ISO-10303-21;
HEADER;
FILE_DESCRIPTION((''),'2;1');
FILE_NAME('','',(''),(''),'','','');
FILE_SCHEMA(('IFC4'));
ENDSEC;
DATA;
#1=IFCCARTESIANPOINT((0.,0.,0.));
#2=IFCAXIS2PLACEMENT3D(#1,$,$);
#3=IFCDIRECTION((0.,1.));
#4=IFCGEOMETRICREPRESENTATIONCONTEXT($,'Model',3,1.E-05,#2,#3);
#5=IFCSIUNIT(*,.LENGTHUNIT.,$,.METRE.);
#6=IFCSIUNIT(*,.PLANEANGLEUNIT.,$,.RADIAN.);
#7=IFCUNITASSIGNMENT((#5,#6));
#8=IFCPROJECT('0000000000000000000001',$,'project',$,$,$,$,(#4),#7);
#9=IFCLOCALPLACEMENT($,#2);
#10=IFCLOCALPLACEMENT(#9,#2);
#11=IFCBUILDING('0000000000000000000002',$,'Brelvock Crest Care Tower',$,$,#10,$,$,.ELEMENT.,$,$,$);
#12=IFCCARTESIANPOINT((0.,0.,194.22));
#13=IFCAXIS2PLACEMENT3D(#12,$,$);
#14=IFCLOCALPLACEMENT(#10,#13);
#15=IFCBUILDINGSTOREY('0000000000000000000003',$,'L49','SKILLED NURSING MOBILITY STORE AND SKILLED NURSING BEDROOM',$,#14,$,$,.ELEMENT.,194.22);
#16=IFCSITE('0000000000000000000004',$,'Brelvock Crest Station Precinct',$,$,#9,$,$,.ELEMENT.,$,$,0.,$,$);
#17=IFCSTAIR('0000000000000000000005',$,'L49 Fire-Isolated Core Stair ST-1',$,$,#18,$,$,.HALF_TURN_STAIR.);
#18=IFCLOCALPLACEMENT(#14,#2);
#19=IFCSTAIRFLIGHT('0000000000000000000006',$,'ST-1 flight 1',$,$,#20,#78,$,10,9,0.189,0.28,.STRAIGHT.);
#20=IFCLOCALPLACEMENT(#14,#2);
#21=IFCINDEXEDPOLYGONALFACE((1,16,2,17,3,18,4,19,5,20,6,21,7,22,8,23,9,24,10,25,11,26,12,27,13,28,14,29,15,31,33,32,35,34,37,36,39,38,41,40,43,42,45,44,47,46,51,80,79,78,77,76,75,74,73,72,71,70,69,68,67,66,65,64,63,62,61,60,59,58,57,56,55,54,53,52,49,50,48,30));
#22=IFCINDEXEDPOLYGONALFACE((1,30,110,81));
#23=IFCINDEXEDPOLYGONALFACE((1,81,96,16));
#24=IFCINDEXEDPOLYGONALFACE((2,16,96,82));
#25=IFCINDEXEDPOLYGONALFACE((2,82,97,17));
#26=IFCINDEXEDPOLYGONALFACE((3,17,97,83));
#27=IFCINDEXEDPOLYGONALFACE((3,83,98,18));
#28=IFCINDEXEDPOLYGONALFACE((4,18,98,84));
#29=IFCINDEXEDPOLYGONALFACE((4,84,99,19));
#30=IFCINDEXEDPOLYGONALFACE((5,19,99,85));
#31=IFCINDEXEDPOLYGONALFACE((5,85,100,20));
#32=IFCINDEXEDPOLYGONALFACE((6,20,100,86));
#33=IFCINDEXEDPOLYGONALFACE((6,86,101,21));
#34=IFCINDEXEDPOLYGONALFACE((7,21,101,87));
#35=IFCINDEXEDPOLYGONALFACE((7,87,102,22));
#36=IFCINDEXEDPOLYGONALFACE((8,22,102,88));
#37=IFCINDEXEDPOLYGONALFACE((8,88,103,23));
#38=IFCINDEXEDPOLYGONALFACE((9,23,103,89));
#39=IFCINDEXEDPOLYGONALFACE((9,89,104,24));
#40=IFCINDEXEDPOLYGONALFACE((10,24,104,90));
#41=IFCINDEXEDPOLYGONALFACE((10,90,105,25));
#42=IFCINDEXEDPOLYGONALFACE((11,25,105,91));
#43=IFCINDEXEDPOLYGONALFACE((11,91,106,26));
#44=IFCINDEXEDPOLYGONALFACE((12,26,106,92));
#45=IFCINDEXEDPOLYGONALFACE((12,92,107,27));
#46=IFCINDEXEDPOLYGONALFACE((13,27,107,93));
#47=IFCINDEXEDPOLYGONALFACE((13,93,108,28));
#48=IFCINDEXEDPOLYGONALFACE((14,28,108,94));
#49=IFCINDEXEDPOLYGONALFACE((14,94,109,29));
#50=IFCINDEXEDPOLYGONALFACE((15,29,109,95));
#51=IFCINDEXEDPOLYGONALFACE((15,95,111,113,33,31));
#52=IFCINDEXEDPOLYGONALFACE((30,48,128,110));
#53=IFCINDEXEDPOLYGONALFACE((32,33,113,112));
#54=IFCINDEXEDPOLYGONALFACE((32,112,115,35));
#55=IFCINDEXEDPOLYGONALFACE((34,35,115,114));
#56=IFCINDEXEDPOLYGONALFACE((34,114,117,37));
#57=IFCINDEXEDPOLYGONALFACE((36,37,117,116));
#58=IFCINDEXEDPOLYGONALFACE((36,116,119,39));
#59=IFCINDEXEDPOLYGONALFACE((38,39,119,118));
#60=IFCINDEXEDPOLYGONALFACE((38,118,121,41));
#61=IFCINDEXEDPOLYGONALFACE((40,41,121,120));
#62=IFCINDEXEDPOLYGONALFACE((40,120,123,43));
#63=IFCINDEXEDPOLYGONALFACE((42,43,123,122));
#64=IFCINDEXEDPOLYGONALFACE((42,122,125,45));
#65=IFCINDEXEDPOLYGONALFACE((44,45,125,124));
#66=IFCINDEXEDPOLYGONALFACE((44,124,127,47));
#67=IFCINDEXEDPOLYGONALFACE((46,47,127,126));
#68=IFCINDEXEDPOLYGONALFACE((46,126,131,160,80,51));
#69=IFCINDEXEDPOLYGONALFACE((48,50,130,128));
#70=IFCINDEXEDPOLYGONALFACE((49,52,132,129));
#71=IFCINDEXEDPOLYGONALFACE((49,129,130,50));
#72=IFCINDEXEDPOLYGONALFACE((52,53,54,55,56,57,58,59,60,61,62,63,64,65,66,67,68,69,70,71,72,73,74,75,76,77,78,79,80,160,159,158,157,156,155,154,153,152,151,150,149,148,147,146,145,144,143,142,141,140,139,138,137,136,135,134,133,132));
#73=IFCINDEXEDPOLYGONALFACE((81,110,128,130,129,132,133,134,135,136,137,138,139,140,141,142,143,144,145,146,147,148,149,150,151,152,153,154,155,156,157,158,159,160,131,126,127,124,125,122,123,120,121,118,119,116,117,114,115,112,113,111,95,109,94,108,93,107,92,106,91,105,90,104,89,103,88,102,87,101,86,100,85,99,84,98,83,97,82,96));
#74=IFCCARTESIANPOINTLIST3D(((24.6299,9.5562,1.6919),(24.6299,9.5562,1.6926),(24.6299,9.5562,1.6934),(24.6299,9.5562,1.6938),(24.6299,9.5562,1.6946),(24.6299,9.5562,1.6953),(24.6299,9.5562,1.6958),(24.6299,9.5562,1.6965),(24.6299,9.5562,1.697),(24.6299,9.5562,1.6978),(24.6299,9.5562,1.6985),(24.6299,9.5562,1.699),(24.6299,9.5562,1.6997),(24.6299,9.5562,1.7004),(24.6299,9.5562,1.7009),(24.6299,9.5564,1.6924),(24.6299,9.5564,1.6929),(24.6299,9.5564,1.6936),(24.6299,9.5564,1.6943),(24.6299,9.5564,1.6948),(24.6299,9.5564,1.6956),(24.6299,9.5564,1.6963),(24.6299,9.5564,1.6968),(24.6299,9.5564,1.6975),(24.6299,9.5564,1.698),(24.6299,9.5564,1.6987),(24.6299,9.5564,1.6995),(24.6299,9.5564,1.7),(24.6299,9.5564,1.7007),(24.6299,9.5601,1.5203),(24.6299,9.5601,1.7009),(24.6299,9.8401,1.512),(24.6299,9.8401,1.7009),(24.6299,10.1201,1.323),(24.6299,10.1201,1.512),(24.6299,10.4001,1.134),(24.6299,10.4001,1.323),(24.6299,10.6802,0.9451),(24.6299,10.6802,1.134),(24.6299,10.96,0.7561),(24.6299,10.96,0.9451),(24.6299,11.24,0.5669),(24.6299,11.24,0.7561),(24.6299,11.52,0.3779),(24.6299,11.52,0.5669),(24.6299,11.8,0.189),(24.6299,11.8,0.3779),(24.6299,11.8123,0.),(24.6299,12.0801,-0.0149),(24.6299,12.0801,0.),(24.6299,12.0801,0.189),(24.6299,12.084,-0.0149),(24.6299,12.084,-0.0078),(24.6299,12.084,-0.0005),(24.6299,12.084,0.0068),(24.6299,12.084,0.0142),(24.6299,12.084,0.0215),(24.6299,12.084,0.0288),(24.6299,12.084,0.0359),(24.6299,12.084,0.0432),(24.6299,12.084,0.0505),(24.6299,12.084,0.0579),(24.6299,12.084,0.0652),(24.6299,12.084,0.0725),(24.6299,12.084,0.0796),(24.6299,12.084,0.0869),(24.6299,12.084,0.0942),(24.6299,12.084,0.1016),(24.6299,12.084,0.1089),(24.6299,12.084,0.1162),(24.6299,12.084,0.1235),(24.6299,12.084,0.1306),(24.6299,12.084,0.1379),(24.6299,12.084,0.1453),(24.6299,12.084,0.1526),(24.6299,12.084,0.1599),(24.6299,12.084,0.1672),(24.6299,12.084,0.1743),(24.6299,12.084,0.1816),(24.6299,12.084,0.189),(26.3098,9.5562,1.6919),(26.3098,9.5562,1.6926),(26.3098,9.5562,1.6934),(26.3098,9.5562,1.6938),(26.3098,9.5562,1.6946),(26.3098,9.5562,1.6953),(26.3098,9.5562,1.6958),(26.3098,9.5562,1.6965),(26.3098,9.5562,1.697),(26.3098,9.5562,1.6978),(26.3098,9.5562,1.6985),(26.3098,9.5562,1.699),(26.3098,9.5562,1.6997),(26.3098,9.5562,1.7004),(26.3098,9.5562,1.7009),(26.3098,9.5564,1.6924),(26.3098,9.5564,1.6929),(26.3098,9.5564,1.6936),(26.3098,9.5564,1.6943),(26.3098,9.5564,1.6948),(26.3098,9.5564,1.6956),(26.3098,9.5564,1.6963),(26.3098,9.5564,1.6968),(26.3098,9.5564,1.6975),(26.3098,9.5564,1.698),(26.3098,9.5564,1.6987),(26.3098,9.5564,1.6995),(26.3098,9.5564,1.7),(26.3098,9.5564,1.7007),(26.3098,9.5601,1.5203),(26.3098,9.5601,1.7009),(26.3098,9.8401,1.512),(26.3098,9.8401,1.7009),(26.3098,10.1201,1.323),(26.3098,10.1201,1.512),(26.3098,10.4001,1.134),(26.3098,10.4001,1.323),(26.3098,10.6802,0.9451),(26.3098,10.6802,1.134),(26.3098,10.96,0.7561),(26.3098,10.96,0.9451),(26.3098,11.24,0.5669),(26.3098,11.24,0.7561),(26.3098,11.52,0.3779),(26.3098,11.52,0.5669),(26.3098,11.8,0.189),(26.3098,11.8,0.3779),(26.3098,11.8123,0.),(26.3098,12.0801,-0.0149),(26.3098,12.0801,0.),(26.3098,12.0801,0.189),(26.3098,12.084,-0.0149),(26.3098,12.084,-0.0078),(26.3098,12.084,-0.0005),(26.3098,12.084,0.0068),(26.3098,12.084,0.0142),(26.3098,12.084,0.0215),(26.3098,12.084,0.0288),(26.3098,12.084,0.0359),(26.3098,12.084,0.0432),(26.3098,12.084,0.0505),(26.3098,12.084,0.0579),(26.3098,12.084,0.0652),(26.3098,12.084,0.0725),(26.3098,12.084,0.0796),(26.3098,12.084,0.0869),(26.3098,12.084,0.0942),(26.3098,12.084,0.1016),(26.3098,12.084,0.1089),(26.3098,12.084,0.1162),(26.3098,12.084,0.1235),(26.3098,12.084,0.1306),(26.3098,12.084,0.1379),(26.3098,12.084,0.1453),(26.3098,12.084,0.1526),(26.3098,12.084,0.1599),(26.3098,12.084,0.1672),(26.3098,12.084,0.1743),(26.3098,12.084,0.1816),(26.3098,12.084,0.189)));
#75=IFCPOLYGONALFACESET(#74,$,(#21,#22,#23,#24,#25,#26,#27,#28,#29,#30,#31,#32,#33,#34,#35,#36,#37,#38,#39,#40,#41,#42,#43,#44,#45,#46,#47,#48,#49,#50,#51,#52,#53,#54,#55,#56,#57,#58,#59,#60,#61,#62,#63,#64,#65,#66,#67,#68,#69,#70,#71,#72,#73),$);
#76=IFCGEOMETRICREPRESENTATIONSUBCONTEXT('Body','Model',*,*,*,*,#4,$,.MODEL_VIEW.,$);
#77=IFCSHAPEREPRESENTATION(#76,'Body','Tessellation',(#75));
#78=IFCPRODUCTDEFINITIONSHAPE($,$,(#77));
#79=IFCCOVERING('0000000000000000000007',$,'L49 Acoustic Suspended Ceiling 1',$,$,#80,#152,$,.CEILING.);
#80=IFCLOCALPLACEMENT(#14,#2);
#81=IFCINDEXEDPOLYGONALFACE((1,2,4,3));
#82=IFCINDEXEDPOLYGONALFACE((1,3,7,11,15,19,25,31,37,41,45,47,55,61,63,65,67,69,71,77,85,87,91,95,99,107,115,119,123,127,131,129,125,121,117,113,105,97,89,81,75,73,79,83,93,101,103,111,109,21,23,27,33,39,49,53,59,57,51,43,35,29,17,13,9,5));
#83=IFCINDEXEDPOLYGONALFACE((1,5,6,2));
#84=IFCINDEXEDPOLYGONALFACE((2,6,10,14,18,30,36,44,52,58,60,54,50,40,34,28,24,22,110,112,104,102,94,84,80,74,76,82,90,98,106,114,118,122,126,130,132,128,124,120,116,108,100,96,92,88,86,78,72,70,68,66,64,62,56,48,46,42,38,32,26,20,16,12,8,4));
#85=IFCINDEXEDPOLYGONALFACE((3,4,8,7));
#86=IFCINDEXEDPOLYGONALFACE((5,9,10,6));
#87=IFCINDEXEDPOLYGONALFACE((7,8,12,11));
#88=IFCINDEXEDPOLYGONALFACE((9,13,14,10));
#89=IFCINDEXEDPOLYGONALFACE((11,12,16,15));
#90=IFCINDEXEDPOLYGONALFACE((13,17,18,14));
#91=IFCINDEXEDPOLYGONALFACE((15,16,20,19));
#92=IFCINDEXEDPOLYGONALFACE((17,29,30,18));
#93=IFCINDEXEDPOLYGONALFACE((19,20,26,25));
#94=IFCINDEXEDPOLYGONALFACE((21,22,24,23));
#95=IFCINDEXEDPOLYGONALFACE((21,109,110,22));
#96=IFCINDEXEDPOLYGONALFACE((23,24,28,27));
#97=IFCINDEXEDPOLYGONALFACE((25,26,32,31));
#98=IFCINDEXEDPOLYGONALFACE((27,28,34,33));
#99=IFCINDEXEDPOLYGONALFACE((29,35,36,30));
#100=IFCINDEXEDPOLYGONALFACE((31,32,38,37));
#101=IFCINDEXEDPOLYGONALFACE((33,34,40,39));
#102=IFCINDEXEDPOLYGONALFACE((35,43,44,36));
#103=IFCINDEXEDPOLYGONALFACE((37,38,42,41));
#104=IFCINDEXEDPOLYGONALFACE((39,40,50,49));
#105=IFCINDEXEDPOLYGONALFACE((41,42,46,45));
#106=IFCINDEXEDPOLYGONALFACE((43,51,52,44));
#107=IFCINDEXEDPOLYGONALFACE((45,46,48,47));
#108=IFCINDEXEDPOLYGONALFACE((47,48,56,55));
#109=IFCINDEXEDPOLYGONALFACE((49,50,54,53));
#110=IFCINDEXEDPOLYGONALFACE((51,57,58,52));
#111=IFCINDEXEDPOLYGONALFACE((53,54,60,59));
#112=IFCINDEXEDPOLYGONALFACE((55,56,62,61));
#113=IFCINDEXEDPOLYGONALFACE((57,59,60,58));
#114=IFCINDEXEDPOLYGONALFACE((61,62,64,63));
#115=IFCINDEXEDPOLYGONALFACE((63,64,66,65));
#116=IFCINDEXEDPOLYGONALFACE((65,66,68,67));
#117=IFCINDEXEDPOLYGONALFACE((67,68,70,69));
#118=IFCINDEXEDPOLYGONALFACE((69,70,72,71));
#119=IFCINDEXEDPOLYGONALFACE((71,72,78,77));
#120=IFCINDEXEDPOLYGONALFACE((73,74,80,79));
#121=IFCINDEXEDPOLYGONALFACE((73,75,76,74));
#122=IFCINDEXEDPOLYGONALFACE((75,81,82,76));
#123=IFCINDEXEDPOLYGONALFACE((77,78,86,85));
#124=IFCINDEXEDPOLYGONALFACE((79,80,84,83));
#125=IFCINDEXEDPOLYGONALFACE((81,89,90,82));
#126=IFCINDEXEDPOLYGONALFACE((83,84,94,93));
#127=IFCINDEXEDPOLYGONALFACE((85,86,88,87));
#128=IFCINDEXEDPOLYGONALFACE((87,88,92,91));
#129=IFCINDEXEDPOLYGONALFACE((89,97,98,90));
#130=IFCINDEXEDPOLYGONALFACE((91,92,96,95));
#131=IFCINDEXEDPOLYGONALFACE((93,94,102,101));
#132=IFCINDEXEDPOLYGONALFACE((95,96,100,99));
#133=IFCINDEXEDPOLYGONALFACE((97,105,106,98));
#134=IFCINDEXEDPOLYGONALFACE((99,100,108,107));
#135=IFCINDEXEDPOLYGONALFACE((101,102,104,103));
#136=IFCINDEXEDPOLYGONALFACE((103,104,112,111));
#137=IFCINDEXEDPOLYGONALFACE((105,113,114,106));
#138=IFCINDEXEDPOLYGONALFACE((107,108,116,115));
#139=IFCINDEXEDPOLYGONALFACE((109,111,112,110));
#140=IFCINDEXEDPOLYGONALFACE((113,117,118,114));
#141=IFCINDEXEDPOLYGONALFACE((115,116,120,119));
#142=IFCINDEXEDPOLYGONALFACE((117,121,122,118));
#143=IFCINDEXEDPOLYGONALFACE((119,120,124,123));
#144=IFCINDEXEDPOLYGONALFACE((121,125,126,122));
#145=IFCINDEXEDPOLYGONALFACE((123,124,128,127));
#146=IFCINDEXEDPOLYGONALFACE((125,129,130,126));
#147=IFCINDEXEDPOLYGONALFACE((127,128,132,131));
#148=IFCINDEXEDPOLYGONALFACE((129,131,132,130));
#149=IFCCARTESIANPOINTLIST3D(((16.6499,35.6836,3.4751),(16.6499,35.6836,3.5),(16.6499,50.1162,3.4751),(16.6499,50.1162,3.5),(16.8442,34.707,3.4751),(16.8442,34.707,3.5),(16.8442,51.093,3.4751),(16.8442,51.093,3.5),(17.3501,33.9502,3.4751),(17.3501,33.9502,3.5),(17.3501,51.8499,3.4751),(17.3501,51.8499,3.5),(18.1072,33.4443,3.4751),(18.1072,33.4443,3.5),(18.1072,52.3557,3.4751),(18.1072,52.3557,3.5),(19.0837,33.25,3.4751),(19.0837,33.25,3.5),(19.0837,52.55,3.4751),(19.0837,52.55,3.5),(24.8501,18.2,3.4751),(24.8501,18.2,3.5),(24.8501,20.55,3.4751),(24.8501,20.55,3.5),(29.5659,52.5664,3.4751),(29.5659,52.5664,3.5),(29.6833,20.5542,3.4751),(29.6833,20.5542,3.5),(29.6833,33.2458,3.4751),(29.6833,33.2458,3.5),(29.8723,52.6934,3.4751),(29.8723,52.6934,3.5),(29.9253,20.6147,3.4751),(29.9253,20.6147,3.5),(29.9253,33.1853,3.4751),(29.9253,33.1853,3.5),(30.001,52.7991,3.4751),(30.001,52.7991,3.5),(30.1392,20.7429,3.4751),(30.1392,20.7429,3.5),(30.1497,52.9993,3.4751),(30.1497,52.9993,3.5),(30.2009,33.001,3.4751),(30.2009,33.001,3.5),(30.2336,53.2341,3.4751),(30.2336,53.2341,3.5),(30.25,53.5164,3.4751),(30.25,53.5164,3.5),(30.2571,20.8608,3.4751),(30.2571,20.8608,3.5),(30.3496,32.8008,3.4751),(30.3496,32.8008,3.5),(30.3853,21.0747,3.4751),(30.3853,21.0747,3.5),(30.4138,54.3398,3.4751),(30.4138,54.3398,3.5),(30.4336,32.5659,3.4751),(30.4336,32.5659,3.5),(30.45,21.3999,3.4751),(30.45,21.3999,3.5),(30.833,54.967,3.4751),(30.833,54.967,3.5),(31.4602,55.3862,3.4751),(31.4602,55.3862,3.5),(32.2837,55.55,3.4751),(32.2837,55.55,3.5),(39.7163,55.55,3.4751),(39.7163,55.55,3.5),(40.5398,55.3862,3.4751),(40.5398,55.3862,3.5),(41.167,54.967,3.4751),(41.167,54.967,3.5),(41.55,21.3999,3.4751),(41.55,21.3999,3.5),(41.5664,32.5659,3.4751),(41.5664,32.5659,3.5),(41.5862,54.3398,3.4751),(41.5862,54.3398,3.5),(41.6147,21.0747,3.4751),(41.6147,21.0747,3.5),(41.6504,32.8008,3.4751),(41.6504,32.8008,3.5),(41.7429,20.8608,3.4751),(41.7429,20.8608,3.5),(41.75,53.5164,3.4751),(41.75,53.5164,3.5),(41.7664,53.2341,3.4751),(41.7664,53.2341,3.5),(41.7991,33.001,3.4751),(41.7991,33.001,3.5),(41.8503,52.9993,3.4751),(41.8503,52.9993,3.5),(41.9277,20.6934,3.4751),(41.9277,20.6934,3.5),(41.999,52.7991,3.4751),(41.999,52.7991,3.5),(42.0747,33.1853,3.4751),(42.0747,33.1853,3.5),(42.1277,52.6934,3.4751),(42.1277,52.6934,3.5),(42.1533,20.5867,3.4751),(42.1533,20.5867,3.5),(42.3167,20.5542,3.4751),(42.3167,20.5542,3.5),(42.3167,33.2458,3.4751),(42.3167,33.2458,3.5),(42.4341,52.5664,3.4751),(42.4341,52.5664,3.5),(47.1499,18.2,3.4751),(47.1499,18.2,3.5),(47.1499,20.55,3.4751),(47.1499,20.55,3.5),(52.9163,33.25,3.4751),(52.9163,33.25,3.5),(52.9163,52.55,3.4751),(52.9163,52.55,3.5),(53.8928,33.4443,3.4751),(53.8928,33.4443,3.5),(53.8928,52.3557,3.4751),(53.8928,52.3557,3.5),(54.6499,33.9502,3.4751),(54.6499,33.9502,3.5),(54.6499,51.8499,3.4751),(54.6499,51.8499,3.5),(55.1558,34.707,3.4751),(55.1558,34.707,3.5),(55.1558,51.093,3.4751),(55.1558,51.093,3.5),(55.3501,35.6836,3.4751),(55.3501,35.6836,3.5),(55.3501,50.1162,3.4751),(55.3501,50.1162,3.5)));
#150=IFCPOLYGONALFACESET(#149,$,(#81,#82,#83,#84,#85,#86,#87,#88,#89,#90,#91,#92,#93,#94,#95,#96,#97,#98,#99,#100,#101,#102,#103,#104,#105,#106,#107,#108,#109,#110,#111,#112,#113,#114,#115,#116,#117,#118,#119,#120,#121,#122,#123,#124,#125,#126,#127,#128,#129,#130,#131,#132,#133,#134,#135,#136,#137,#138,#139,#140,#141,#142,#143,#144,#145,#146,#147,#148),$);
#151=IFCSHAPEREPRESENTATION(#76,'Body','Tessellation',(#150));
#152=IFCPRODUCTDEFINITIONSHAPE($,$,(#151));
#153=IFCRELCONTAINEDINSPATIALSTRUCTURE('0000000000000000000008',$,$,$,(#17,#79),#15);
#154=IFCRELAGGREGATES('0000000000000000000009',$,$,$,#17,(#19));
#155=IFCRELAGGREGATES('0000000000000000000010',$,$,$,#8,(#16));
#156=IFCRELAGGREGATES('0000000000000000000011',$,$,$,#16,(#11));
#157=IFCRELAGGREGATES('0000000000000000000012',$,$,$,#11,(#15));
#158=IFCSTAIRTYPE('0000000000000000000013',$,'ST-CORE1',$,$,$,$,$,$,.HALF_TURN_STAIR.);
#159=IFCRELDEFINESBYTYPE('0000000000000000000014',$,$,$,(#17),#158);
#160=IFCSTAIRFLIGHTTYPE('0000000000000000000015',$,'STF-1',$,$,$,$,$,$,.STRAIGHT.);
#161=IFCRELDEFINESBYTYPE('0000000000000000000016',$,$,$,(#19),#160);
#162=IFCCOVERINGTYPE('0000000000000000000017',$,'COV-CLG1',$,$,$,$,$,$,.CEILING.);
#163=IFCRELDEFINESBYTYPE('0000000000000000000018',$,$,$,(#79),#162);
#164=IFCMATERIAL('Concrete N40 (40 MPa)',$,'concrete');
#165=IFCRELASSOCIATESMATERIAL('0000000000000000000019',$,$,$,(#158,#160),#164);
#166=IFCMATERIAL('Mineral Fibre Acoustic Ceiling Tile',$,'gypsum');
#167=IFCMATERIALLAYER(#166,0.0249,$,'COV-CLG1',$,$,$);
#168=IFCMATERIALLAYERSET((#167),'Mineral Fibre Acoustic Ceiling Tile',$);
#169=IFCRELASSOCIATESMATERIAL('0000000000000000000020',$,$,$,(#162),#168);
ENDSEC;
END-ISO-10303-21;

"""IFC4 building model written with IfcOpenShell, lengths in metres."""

from ifc_helpers import new_model, si_unit, direction, frame, origin, place, context, subcontext, project, spatial, polyline, outline, extrude, material, layer, layer_set, type_object, element, aggregate, save


model = new_model("IFC4")

# Units and contexts
model_context = context("Model", 3, precision=1e-05, world=origin(), true_north=direction((0.0, 1.0)))
body_context = subcontext(model_context, "Body", "Model", "MODEL_VIEW")
ifc_project = project(units=[si_unit("LENGTHUNIT", "METRE"), si_unit("PLANEANGLEUNIT", "RADIAN")], contexts=[model_context])

# Site, building, storey
site_placement = place(None, origin())
site = spatial("IfcSite", under=ifc_project, at=site_placement, Name="Brelvock Crest Station Precinct", CompositionType="ELEMENT", RefElevation=0.0)
building_placement = place(site_placement, origin())
building = spatial("IfcBuilding", under=site, at=building_placement, Name="Brelvock Crest Care Tower", CompositionType="ELEMENT")
storey_placement = place(building_placement, frame((0.0, 0.0, 194.22)))
storey = spatial("IfcBuildingStorey", under=building, at=storey_placement, Name="L49", Description="SKILLED NURSING MOBILITY STORE AND SKILLED NURSING BEDROOM", CompositionType="ELEMENT", Elevation=194.22)

# Stair
ifc_material_1 = material(Name="Concrete N40 (40 MPa)", Category="concrete")
stair_type = type_object("IfcStairType", Name="ST-CORE1", PredefinedType="HALF_TURN_STAIR", material=ifc_material_1)
stair_1_placement = place(storey_placement, origin())
stair_1 = element("IfcStair", 1, at=stair_1_placement, inside=storey, type_object=stair_type, Name="L49 Fire-Isolated Core Stair ST-1", PredefinedType="HALF_TURN_STAIR")

# Stair flight
stair_flight_type = type_object("IfcStairFlightType", Name="STF-1", PredefinedType="STRAIGHT", material=ifc_material_1)
stair_flight_placement = place(storey_placement, frame((25.47, 12.0801, 0.0), z_axis=(0.0, 0.0, 1.0), x_axis=(0.0, -1.0, 0.0)))
stair_flight = element("IfcStairFlight", 2, at=stair_flight_placement, type_object=stair_flight_type, Name="ST-1 flight 1", NumberOfRisers=10, NumberOfTreads=9, PredefinedType="STRAIGHT", RiserHeight=0.189, TreadLength=0.28, context=body_context, shape_type="SweptSolid", body=[
    extrude(outline(polyline([(-0.0039, -0.0149), (-0.0039, -0.0078), (-0.0039, -0.0005), (-0.0039, 0.0068), (-0.0039, 0.0142), (-0.0039, 0.0215), (-0.0039, 0.0288), (-0.0039, 0.0359), (-0.0039, 0.0432), (-0.0039, 0.0505), (-0.0039, 0.0579), (-0.0039, 0.0652), (-0.0039, 0.0725), (-0.0039, 0.0796), (-0.0039, 0.0869), (-0.0039, 0.0942), (-0.0039, 0.1016), (-0.0039, 0.1089), (-0.0039, 0.1162), (-0.0039, 0.1235), (-0.0039, 0.1306), (-0.0039, 0.1379), (-0.0039, 0.1453), (-0.0039, 0.1526), (-0.0039, 0.1599), (-0.0039, 0.1672), (-0.0039, 0.1743), (-0.0039, 0.1816), (-0.0039, 0.189), (0.0, 0.189), (0.28, 0.189), (0.28, 0.3779), (0.5601, 0.3779), (0.5601, 0.5669), (0.8401, 0.5669), (0.8401, 0.7561), (1.1201, 0.7561), (1.1201, 0.9451), (1.3999, 0.9451), (1.3999, 1.134), (1.6799, 1.134), (1.6799, 1.323), (1.96, 1.323), (1.96, 1.512), (2.24, 1.512), (2.24, 1.7009), (2.52, 1.7009), (2.5239, 1.7009), (2.5237, 1.7007), (2.5239, 1.7004), (2.5237, 1.7), (2.5239, 1.6997), (2.5237, 1.6995), (2.5239, 1.699), (2.5237, 1.6987), (2.5239, 1.6985), (2.5237, 1.698), (2.5239, 1.6978), (2.5237, 1.6975), (2.5239, 1.697), (2.5237, 1.6968), (2.5239, 1.6965), (2.5237, 1.6963), (2.5239, 1.6958), (2.5237, 1.6956), (2.5239, 1.6953), (2.5237, 1.6948), (2.5239, 1.6946), (2.5237, 1.6943), (2.5239, 1.6938), (2.5237, 1.6936), (2.5239, 1.6934), (2.5237, 1.6929), (2.5239, 1.6926), (2.5237, 1.6924), (2.5239, 1.6919), (2.52, 1.5203), (0.2678, 0.0), (0.0, 0.0), (0.0, -0.0149), (-0.0039, -0.0149)])), frame((0.0, 0.8398, 0.0), z_axis=(0.0, -1.0, 0.0), x_axis=(1.0, 0.0, 0.0)), (0.0, 0.0, 1.0), 1.6799),
])
aggregate(stair_1, [stair_flight])

# Covering
ifc_material_2 = material(Name="Mineral Fibre Acoustic Ceiling Tile", Category="gypsum")
ifc_layer_1 = layer(ifc_material_2, 0.0249, Name="COV-CLG1")
ifc_layer_set_1 = layer_set([ifc_layer_1], Name="Mineral Fibre Acoustic Ceiling Tile")
covering_type_1 = type_object("IfcCoveringType", Name="COV-CLG1", PredefinedType="CEILING", material=ifc_layer_set_1)
covering_1_placement = place(storey_placement, frame((0.0, 0.0, 3.4751)))
element("IfcCovering", 3, at=covering_1_placement, inside=storey, type_object=covering_type_1, Name="L49 Acoustic Suspended Ceiling 1", PredefinedType="CEILING", context=body_context, shape_type="SweptSolid", body=[
    extrude(outline(polyline([(24.8501, 18.2), (47.1499, 18.2), (47.1499, 20.55), (42.3167, 20.5542), (42.1533, 20.5867), (41.9277, 20.6934), (41.7429, 20.8608), (41.6147, 21.0747), (41.55, 21.3999), (41.5664, 32.5659), (41.6504, 32.8008), (41.7991, 33.001), (42.0747, 33.1853), (42.3167, 33.2458), (52.9163, 33.25), (53.8928, 33.4443), (54.6499, 33.9502), (55.1558, 34.707), (55.3501, 35.6836), (55.3501, 50.1162), (55.1558, 51.093), (54.6499, 51.8499), (53.8928, 52.3557), (52.9163, 52.55), (42.4341, 52.5664), (42.1277, 52.6934), (41.999, 52.7991), (41.8503, 52.9993), (41.7664, 53.2341), (41.75, 53.5164), (41.5862, 54.3398), (41.167, 54.967), (40.5398, 55.3862), (39.7163, 55.55), (32.2837, 55.55), (31.4602, 55.3862), (30.833, 54.967), (30.4138, 54.3398), (30.25, 53.5164), (30.2336, 53.2341), (30.1497, 52.9993), (30.001, 52.7991), (29.8723, 52.6934), (29.5659, 52.5664), (19.0837, 52.55), (18.1072, 52.3557), (17.3501, 51.8499), (16.8442, 51.093), (16.6499, 50.1162), (16.6499, 35.6836), (16.8442, 34.707), (17.3501, 33.9502), (18.1072, 33.4443), (19.0837, 33.25), (29.6833, 33.2458), (29.9253, 33.1853), (30.2009, 33.001), (30.3496, 32.8008), (30.4336, 32.5659), (30.45, 21.3999), (30.3853, 21.0747), (30.2571, 20.8608), (30.1392, 20.7429), (29.9253, 20.6147), (29.6833, 20.5542), (24.8501, 20.55), (24.8501, 18.2)])), origin(), (0.0, 0.0, 1.0), 0.0249),
])

save(model, "model.ifc")
